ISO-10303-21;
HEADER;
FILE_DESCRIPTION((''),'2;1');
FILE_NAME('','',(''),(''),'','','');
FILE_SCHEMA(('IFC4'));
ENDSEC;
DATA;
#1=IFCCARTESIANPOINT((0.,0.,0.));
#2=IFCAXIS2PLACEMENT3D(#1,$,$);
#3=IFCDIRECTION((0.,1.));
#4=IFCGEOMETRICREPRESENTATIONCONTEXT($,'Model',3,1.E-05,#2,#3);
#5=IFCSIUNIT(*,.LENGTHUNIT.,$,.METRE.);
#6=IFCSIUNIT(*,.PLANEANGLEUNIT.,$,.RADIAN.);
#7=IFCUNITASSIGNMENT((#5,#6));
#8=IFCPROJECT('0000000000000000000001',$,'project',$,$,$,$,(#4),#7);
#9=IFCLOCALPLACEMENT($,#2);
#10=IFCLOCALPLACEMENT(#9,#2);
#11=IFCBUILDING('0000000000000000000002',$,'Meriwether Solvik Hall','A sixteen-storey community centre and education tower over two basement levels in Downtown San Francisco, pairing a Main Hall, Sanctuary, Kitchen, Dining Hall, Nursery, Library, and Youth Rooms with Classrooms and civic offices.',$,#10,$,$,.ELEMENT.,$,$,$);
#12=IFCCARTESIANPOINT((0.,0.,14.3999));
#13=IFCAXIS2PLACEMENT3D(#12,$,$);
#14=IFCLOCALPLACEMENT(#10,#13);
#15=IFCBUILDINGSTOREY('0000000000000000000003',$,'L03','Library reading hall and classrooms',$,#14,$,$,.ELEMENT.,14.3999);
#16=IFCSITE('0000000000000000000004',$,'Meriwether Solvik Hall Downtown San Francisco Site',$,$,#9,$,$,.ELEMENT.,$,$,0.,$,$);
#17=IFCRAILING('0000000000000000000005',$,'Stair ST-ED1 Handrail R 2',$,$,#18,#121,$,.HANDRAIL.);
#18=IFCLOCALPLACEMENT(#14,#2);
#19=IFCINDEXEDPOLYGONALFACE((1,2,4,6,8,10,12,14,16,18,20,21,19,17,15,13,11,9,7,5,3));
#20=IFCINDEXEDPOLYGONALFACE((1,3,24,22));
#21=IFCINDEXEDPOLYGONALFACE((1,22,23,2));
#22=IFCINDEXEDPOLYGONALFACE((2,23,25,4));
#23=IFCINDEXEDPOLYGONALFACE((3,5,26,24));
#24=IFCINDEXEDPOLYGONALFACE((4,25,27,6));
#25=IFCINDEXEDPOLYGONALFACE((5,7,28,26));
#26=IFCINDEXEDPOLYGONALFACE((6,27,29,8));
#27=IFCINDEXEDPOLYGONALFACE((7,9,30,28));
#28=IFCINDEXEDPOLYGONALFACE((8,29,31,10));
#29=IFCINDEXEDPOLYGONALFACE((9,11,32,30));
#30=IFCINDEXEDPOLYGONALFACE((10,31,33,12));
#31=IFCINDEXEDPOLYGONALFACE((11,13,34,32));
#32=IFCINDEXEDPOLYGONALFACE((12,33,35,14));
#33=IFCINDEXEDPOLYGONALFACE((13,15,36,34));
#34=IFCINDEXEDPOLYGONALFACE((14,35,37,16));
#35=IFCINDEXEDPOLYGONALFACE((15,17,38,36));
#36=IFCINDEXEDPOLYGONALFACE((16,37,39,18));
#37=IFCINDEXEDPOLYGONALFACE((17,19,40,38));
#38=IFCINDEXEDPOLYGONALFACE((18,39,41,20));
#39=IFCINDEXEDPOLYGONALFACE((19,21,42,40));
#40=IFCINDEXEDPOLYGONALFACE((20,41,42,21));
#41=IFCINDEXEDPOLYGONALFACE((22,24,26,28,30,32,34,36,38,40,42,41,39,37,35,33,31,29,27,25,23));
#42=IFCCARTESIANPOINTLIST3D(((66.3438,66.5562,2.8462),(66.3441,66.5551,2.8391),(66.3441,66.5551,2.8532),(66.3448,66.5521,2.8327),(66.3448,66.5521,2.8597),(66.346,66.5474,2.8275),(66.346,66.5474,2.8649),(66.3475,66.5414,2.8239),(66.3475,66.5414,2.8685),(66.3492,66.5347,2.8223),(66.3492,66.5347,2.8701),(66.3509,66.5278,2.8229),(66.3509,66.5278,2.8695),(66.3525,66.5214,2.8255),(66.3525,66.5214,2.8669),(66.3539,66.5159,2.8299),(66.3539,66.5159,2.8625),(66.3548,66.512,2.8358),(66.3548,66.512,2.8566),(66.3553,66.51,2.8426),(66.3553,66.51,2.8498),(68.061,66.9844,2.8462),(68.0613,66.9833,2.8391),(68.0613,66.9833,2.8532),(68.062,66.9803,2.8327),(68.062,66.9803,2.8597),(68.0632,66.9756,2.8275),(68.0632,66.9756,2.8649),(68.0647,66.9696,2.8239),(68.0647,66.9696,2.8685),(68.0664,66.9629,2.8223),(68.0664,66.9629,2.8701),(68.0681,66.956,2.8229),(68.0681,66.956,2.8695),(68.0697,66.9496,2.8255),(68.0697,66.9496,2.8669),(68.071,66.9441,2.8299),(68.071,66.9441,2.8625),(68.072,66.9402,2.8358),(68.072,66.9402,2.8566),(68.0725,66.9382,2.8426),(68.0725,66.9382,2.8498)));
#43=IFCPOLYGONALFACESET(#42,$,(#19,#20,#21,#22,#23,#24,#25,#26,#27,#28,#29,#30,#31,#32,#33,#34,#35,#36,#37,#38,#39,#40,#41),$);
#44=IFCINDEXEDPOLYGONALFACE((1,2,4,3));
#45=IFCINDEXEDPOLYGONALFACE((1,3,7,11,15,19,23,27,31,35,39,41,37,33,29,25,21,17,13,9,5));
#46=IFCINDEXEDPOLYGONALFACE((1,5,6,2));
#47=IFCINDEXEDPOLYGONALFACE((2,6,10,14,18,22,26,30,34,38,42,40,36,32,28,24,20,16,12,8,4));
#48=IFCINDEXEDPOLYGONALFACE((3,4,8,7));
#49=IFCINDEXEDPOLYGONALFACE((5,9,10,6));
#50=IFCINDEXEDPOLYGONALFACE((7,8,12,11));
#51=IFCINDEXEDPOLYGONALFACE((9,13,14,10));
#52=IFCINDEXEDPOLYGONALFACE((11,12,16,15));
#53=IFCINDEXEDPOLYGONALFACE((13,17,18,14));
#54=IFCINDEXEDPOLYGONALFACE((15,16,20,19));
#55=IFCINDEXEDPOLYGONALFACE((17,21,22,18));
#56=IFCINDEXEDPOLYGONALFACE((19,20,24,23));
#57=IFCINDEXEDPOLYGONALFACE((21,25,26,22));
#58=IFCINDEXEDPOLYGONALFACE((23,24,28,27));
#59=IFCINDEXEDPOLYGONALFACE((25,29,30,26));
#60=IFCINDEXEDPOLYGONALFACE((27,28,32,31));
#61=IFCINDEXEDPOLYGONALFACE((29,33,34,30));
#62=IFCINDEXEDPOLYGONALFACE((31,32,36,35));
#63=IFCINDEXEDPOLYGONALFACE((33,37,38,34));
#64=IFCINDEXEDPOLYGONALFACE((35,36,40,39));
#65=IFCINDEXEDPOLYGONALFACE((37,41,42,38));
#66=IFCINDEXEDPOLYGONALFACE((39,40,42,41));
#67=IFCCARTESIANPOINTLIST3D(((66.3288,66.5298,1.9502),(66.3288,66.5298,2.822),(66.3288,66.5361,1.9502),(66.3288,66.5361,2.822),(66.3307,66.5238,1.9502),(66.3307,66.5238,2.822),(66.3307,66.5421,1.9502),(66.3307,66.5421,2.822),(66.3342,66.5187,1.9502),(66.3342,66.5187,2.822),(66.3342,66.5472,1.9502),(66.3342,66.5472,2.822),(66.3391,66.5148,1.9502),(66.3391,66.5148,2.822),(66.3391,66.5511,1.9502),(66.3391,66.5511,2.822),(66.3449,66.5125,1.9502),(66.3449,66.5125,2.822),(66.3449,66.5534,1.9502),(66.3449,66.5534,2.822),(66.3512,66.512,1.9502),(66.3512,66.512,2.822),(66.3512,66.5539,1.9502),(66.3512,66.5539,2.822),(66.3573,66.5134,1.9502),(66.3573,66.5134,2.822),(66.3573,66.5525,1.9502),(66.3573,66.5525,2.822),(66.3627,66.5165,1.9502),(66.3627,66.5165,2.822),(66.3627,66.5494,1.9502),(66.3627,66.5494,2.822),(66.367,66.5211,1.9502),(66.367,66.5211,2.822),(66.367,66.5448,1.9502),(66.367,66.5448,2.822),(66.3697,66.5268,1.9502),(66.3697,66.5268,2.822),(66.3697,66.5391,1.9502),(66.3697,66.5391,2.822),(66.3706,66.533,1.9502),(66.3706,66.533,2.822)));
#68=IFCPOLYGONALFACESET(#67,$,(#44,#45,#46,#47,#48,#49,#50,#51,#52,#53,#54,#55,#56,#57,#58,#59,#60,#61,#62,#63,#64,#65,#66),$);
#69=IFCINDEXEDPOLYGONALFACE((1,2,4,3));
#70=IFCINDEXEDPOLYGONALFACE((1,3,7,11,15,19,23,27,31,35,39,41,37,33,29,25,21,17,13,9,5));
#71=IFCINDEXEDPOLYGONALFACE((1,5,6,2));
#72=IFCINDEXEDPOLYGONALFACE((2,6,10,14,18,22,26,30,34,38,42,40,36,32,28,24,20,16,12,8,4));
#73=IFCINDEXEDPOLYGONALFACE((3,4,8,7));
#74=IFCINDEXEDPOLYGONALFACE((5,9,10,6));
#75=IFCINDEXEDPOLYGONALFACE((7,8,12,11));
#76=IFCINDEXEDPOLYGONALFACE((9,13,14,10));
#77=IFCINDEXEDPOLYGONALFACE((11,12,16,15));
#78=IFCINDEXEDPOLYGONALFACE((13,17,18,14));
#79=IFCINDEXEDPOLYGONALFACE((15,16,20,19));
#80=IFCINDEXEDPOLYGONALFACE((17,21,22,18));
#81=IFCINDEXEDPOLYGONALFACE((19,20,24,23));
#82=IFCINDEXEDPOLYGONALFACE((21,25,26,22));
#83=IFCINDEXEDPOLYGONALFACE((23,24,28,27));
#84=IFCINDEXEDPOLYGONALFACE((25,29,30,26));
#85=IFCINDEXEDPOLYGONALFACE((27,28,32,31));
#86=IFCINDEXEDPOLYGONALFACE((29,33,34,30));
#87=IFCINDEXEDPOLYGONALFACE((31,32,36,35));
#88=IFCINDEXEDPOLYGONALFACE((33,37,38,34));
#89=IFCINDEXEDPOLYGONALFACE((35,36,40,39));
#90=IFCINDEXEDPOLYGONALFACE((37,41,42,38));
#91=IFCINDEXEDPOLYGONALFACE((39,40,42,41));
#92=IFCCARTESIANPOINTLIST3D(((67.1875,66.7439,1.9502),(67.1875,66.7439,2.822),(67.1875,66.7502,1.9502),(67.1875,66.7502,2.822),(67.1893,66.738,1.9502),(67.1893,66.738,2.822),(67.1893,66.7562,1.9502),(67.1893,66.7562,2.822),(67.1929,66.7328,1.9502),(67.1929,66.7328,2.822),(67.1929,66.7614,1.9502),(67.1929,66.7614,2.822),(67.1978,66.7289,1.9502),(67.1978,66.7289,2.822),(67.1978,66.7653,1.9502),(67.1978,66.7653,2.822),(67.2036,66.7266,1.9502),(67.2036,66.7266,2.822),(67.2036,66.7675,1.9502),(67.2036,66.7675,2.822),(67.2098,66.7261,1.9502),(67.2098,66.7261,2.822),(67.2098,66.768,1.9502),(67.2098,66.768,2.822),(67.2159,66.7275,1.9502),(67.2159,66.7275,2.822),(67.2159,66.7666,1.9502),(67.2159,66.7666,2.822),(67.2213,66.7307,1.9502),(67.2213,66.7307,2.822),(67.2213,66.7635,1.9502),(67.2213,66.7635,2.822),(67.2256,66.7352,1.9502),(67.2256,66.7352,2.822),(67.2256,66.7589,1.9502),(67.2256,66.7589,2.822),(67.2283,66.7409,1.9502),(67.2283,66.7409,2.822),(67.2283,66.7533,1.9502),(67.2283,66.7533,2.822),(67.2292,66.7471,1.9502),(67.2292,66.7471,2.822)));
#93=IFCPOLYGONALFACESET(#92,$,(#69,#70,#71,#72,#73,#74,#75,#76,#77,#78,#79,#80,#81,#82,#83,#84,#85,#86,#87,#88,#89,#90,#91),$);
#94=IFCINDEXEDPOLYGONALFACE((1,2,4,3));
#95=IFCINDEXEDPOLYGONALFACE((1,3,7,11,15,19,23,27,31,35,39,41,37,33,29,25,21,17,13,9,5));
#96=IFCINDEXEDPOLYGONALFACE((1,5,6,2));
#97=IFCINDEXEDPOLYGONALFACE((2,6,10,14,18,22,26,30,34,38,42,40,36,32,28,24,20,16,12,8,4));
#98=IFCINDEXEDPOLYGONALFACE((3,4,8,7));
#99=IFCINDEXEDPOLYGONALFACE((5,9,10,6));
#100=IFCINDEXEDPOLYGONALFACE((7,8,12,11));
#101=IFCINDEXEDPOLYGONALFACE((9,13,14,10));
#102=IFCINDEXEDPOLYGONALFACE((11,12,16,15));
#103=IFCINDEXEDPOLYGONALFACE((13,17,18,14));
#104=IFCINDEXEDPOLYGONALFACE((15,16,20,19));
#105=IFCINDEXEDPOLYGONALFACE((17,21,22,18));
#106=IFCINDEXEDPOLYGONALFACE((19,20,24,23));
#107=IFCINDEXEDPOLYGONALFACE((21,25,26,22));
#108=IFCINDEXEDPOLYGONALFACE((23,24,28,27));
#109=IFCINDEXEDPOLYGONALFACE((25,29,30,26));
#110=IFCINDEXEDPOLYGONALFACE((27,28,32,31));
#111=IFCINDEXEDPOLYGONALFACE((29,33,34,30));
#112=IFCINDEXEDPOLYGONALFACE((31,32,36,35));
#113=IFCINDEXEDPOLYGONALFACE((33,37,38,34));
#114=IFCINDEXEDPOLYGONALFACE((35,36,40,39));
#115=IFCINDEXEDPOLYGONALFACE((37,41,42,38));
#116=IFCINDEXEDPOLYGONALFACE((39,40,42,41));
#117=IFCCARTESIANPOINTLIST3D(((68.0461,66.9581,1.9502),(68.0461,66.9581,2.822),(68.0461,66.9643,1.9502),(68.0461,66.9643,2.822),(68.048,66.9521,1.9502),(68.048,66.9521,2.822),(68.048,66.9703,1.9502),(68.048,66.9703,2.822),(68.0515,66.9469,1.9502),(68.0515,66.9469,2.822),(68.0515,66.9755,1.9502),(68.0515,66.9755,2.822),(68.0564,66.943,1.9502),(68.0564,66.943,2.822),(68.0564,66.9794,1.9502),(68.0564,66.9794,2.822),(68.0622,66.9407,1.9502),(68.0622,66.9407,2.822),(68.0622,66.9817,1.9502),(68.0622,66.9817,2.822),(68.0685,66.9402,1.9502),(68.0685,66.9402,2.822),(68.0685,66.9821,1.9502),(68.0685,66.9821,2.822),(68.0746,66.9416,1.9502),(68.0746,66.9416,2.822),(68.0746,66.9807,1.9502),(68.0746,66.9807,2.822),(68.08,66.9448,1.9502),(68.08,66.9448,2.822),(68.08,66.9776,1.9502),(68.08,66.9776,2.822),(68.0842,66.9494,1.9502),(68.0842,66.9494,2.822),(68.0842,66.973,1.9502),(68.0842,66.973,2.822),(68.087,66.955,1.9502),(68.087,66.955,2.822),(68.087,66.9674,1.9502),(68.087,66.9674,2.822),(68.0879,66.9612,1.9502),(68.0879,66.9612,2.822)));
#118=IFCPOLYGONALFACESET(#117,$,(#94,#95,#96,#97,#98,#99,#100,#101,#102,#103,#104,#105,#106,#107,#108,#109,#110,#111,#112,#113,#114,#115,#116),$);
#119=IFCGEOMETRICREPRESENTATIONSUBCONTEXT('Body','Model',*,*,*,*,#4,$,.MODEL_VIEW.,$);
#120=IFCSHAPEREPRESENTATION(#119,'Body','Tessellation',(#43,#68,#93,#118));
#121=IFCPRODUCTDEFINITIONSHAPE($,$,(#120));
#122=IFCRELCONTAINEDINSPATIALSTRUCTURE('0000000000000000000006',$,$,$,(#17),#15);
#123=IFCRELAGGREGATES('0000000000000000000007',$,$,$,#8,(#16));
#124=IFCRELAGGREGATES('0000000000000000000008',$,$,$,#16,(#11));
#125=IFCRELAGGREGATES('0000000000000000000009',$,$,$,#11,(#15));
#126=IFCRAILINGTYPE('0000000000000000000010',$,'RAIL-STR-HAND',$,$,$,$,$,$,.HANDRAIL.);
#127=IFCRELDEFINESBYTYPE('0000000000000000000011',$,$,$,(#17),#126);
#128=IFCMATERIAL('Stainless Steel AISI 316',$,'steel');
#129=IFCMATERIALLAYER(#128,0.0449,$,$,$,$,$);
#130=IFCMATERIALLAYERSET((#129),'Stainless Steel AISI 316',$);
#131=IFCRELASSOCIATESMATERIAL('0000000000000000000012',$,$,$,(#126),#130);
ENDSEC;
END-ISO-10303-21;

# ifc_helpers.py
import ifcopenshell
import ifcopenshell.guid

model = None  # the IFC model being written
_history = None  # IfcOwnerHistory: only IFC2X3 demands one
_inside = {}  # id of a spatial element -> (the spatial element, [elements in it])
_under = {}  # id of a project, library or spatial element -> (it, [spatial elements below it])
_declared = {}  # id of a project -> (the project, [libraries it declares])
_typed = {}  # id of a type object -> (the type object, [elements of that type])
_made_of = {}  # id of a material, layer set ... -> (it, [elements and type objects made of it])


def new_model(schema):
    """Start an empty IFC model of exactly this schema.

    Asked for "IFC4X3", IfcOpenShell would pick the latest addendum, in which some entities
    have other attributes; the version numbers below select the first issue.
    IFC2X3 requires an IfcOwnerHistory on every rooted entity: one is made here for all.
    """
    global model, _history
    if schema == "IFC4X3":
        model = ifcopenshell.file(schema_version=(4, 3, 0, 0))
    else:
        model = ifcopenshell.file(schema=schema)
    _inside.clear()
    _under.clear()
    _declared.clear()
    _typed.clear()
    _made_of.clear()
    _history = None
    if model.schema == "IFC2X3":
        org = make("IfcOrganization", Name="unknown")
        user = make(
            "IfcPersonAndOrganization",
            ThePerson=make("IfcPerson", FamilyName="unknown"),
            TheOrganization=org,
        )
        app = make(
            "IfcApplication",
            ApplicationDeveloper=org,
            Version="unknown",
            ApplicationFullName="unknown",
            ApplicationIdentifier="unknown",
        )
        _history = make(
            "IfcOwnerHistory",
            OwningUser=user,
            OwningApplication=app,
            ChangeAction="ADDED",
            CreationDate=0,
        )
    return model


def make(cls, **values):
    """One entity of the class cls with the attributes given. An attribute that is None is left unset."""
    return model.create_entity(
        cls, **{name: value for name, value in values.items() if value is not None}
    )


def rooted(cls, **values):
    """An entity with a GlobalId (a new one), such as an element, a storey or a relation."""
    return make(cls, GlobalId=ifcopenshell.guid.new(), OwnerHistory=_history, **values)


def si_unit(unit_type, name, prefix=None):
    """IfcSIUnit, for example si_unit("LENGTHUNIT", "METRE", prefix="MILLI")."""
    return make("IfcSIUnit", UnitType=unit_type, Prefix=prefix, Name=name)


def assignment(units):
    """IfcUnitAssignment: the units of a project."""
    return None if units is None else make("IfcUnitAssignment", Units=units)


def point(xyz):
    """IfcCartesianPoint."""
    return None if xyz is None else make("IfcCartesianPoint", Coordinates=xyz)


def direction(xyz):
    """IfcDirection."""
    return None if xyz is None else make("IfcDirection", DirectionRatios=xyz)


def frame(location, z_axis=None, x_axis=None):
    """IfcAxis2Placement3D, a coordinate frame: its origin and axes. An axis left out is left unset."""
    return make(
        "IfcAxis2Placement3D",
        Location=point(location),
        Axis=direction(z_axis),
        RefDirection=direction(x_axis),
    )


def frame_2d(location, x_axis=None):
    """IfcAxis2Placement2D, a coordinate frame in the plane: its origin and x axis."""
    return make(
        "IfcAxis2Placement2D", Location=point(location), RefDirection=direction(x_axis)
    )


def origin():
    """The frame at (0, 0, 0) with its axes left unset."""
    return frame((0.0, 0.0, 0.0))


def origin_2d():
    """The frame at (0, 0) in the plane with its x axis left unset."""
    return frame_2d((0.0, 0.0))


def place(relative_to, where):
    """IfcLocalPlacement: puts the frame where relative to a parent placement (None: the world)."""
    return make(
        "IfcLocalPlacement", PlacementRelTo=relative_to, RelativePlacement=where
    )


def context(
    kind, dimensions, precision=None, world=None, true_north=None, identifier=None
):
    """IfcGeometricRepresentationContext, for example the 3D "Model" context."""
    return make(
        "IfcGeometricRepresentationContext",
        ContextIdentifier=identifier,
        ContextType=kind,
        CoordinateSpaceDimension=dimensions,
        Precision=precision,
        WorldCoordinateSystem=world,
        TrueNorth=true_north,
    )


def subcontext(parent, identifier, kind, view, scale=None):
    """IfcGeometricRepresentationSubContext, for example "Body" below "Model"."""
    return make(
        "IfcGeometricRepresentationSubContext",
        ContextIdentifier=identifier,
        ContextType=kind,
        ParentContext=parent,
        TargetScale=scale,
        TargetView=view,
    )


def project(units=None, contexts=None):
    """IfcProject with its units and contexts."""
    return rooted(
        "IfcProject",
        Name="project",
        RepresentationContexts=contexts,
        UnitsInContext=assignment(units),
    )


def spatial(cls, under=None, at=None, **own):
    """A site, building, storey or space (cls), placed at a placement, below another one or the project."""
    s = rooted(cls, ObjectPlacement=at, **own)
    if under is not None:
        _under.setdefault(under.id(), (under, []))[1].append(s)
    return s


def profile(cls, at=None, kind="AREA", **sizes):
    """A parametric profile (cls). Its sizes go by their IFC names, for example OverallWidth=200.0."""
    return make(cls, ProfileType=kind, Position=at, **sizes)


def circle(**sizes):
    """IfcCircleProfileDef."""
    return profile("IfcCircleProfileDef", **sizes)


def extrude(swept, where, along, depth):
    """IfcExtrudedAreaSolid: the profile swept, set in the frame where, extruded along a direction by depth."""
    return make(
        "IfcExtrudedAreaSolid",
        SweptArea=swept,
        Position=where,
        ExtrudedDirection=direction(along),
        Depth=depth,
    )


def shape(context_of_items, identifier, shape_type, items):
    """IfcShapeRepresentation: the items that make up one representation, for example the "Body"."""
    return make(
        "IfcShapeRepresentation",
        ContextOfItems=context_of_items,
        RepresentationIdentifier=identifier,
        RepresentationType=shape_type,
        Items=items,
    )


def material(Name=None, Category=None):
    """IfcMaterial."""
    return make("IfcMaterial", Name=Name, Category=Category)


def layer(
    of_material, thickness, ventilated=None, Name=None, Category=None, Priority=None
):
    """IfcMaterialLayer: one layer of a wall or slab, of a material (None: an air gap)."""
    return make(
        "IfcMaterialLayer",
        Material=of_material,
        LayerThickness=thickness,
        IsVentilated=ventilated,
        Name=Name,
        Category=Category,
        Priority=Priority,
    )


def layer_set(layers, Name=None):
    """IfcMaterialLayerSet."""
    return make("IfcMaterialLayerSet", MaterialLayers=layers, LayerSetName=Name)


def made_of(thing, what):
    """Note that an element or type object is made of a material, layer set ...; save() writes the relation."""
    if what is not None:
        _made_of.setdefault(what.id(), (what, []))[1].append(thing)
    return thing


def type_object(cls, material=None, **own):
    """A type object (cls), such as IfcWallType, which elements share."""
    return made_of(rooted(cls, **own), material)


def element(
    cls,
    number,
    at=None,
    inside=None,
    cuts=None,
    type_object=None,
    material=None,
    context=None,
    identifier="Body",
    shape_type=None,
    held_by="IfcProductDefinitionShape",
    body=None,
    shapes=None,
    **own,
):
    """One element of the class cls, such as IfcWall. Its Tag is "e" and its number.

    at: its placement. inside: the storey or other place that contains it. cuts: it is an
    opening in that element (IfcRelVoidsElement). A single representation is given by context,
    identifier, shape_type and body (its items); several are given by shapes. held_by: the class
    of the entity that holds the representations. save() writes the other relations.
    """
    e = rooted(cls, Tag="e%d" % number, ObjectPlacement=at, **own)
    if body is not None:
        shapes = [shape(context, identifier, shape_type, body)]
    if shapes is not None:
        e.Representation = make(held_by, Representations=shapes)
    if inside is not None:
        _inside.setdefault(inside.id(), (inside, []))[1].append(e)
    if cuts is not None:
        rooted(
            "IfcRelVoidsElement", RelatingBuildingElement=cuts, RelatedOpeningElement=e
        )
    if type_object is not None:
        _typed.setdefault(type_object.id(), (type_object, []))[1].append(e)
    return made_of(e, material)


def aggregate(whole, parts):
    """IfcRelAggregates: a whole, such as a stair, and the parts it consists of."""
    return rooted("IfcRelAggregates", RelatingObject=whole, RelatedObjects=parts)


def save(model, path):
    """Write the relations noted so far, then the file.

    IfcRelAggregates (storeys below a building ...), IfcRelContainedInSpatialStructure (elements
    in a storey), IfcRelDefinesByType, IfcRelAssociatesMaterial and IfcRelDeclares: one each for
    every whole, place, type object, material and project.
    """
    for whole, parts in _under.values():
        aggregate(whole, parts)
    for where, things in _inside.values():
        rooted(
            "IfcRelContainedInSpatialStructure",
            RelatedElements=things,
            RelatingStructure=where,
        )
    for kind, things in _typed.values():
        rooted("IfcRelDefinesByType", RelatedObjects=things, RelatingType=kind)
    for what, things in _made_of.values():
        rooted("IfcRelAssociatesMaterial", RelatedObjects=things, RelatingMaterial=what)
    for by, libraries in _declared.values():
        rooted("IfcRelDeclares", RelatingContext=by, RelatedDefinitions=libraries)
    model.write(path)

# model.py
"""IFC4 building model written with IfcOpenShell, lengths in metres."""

from ifc_helpers import new_model, si_unit, direction, frame, origin, origin_2d, place, context, subcontext, project, spatial, circle, extrude, material, layer, layer_set, type_object, element, save


model = new_model("IFC4")

# Units and contexts
model_context = context("Model", 3, precision=1e-05, world=origin(), true_north=direction((0.0, 1.0)))
body_context = subcontext(model_context, "Body", "Model", "MODEL_VIEW")
ifc_project = project(units=[si_unit("LENGTHUNIT", "METRE"), si_unit("PLANEANGLEUNIT", "RADIAN")], contexts=[model_context])

# Site, building, storey
site_placement = place(None, origin())
site = spatial("IfcSite", under=ifc_project, at=site_placement, Name="Meriwether Solvik Hall Downtown San Francisco Site", CompositionType="ELEMENT", RefElevation=0.0)
building_placement = place(site_placement, origin())
building = spatial("IfcBuilding", under=site, at=building_placement, Name="Meriwether Solvik Hall", Description="A sixteen-storey community centre and education tower over two basement levels in Downtown San Francisco, pairing a Main Hall, Sanctuary, Kitchen, Dining Hall, Nursery, Library, and Youth Rooms with Classrooms and civic offices.", CompositionType="ELEMENT")
storey_placement = place(building_placement, frame((0.0, 0.0, 14.3999)))
storey = spatial("IfcBuildingStorey", under=building, at=storey_placement, Name="L03", Description="Library reading hall and classrooms", CompositionType="ELEMENT", Elevation=14.3999)

# Railing
ifc_material_1 = material(Name="Stainless Steel AISI 316", Category="steel")
ifc_layer_1 = layer(ifc_material_1, 0.0449)
ifc_layer_set_1 = layer_set([ifc_layer_1], Name="Stainless Steel AISI 316")
railing_type_1 = type_object("IfcRailingType", Name="RAIL-STR-HAND", PredefinedType="HANDRAIL", material=ifc_layer_set_1)
railing_1_placement = place(storey_placement, frame((66.3496, 66.533, 1.9502)))
element("IfcRailing", 1, at=railing_1_placement, inside=storey, type_object=railing_type_1, Name="Stair ST-ED1 Handrail R 2", PredefinedType="HANDRAIL", context=body_context, shape_type="SweptSolid", body=[
    extrude(circle(Radius=0.0239, at=origin_2d()), frame((0.0, 0.0, 0.896), z_axis=(0.970288, 0.241951, 0.0), x_axis=(-0.241951, 0.970288, 0.0)), (0.0, 0.0, 1.0), 1.7698),
    extrude(circle(Radius=0.021, at=origin_2d()), origin(), (0.0, 0.0, 1.0), 0.8718),
    extrude(circle(Radius=0.021, at=origin_2d()), frame((0.8586, 0.2141, 0.0)), (0.0, 0.0, 1.0), 0.8718),
    extrude(circle(Radius=0.021, at=origin_2d()), frame((1.7173, 0.4282, 0.0)), (0.0, 0.0, 1.0), 0.8718),
])

save(model, "model.ifc")
